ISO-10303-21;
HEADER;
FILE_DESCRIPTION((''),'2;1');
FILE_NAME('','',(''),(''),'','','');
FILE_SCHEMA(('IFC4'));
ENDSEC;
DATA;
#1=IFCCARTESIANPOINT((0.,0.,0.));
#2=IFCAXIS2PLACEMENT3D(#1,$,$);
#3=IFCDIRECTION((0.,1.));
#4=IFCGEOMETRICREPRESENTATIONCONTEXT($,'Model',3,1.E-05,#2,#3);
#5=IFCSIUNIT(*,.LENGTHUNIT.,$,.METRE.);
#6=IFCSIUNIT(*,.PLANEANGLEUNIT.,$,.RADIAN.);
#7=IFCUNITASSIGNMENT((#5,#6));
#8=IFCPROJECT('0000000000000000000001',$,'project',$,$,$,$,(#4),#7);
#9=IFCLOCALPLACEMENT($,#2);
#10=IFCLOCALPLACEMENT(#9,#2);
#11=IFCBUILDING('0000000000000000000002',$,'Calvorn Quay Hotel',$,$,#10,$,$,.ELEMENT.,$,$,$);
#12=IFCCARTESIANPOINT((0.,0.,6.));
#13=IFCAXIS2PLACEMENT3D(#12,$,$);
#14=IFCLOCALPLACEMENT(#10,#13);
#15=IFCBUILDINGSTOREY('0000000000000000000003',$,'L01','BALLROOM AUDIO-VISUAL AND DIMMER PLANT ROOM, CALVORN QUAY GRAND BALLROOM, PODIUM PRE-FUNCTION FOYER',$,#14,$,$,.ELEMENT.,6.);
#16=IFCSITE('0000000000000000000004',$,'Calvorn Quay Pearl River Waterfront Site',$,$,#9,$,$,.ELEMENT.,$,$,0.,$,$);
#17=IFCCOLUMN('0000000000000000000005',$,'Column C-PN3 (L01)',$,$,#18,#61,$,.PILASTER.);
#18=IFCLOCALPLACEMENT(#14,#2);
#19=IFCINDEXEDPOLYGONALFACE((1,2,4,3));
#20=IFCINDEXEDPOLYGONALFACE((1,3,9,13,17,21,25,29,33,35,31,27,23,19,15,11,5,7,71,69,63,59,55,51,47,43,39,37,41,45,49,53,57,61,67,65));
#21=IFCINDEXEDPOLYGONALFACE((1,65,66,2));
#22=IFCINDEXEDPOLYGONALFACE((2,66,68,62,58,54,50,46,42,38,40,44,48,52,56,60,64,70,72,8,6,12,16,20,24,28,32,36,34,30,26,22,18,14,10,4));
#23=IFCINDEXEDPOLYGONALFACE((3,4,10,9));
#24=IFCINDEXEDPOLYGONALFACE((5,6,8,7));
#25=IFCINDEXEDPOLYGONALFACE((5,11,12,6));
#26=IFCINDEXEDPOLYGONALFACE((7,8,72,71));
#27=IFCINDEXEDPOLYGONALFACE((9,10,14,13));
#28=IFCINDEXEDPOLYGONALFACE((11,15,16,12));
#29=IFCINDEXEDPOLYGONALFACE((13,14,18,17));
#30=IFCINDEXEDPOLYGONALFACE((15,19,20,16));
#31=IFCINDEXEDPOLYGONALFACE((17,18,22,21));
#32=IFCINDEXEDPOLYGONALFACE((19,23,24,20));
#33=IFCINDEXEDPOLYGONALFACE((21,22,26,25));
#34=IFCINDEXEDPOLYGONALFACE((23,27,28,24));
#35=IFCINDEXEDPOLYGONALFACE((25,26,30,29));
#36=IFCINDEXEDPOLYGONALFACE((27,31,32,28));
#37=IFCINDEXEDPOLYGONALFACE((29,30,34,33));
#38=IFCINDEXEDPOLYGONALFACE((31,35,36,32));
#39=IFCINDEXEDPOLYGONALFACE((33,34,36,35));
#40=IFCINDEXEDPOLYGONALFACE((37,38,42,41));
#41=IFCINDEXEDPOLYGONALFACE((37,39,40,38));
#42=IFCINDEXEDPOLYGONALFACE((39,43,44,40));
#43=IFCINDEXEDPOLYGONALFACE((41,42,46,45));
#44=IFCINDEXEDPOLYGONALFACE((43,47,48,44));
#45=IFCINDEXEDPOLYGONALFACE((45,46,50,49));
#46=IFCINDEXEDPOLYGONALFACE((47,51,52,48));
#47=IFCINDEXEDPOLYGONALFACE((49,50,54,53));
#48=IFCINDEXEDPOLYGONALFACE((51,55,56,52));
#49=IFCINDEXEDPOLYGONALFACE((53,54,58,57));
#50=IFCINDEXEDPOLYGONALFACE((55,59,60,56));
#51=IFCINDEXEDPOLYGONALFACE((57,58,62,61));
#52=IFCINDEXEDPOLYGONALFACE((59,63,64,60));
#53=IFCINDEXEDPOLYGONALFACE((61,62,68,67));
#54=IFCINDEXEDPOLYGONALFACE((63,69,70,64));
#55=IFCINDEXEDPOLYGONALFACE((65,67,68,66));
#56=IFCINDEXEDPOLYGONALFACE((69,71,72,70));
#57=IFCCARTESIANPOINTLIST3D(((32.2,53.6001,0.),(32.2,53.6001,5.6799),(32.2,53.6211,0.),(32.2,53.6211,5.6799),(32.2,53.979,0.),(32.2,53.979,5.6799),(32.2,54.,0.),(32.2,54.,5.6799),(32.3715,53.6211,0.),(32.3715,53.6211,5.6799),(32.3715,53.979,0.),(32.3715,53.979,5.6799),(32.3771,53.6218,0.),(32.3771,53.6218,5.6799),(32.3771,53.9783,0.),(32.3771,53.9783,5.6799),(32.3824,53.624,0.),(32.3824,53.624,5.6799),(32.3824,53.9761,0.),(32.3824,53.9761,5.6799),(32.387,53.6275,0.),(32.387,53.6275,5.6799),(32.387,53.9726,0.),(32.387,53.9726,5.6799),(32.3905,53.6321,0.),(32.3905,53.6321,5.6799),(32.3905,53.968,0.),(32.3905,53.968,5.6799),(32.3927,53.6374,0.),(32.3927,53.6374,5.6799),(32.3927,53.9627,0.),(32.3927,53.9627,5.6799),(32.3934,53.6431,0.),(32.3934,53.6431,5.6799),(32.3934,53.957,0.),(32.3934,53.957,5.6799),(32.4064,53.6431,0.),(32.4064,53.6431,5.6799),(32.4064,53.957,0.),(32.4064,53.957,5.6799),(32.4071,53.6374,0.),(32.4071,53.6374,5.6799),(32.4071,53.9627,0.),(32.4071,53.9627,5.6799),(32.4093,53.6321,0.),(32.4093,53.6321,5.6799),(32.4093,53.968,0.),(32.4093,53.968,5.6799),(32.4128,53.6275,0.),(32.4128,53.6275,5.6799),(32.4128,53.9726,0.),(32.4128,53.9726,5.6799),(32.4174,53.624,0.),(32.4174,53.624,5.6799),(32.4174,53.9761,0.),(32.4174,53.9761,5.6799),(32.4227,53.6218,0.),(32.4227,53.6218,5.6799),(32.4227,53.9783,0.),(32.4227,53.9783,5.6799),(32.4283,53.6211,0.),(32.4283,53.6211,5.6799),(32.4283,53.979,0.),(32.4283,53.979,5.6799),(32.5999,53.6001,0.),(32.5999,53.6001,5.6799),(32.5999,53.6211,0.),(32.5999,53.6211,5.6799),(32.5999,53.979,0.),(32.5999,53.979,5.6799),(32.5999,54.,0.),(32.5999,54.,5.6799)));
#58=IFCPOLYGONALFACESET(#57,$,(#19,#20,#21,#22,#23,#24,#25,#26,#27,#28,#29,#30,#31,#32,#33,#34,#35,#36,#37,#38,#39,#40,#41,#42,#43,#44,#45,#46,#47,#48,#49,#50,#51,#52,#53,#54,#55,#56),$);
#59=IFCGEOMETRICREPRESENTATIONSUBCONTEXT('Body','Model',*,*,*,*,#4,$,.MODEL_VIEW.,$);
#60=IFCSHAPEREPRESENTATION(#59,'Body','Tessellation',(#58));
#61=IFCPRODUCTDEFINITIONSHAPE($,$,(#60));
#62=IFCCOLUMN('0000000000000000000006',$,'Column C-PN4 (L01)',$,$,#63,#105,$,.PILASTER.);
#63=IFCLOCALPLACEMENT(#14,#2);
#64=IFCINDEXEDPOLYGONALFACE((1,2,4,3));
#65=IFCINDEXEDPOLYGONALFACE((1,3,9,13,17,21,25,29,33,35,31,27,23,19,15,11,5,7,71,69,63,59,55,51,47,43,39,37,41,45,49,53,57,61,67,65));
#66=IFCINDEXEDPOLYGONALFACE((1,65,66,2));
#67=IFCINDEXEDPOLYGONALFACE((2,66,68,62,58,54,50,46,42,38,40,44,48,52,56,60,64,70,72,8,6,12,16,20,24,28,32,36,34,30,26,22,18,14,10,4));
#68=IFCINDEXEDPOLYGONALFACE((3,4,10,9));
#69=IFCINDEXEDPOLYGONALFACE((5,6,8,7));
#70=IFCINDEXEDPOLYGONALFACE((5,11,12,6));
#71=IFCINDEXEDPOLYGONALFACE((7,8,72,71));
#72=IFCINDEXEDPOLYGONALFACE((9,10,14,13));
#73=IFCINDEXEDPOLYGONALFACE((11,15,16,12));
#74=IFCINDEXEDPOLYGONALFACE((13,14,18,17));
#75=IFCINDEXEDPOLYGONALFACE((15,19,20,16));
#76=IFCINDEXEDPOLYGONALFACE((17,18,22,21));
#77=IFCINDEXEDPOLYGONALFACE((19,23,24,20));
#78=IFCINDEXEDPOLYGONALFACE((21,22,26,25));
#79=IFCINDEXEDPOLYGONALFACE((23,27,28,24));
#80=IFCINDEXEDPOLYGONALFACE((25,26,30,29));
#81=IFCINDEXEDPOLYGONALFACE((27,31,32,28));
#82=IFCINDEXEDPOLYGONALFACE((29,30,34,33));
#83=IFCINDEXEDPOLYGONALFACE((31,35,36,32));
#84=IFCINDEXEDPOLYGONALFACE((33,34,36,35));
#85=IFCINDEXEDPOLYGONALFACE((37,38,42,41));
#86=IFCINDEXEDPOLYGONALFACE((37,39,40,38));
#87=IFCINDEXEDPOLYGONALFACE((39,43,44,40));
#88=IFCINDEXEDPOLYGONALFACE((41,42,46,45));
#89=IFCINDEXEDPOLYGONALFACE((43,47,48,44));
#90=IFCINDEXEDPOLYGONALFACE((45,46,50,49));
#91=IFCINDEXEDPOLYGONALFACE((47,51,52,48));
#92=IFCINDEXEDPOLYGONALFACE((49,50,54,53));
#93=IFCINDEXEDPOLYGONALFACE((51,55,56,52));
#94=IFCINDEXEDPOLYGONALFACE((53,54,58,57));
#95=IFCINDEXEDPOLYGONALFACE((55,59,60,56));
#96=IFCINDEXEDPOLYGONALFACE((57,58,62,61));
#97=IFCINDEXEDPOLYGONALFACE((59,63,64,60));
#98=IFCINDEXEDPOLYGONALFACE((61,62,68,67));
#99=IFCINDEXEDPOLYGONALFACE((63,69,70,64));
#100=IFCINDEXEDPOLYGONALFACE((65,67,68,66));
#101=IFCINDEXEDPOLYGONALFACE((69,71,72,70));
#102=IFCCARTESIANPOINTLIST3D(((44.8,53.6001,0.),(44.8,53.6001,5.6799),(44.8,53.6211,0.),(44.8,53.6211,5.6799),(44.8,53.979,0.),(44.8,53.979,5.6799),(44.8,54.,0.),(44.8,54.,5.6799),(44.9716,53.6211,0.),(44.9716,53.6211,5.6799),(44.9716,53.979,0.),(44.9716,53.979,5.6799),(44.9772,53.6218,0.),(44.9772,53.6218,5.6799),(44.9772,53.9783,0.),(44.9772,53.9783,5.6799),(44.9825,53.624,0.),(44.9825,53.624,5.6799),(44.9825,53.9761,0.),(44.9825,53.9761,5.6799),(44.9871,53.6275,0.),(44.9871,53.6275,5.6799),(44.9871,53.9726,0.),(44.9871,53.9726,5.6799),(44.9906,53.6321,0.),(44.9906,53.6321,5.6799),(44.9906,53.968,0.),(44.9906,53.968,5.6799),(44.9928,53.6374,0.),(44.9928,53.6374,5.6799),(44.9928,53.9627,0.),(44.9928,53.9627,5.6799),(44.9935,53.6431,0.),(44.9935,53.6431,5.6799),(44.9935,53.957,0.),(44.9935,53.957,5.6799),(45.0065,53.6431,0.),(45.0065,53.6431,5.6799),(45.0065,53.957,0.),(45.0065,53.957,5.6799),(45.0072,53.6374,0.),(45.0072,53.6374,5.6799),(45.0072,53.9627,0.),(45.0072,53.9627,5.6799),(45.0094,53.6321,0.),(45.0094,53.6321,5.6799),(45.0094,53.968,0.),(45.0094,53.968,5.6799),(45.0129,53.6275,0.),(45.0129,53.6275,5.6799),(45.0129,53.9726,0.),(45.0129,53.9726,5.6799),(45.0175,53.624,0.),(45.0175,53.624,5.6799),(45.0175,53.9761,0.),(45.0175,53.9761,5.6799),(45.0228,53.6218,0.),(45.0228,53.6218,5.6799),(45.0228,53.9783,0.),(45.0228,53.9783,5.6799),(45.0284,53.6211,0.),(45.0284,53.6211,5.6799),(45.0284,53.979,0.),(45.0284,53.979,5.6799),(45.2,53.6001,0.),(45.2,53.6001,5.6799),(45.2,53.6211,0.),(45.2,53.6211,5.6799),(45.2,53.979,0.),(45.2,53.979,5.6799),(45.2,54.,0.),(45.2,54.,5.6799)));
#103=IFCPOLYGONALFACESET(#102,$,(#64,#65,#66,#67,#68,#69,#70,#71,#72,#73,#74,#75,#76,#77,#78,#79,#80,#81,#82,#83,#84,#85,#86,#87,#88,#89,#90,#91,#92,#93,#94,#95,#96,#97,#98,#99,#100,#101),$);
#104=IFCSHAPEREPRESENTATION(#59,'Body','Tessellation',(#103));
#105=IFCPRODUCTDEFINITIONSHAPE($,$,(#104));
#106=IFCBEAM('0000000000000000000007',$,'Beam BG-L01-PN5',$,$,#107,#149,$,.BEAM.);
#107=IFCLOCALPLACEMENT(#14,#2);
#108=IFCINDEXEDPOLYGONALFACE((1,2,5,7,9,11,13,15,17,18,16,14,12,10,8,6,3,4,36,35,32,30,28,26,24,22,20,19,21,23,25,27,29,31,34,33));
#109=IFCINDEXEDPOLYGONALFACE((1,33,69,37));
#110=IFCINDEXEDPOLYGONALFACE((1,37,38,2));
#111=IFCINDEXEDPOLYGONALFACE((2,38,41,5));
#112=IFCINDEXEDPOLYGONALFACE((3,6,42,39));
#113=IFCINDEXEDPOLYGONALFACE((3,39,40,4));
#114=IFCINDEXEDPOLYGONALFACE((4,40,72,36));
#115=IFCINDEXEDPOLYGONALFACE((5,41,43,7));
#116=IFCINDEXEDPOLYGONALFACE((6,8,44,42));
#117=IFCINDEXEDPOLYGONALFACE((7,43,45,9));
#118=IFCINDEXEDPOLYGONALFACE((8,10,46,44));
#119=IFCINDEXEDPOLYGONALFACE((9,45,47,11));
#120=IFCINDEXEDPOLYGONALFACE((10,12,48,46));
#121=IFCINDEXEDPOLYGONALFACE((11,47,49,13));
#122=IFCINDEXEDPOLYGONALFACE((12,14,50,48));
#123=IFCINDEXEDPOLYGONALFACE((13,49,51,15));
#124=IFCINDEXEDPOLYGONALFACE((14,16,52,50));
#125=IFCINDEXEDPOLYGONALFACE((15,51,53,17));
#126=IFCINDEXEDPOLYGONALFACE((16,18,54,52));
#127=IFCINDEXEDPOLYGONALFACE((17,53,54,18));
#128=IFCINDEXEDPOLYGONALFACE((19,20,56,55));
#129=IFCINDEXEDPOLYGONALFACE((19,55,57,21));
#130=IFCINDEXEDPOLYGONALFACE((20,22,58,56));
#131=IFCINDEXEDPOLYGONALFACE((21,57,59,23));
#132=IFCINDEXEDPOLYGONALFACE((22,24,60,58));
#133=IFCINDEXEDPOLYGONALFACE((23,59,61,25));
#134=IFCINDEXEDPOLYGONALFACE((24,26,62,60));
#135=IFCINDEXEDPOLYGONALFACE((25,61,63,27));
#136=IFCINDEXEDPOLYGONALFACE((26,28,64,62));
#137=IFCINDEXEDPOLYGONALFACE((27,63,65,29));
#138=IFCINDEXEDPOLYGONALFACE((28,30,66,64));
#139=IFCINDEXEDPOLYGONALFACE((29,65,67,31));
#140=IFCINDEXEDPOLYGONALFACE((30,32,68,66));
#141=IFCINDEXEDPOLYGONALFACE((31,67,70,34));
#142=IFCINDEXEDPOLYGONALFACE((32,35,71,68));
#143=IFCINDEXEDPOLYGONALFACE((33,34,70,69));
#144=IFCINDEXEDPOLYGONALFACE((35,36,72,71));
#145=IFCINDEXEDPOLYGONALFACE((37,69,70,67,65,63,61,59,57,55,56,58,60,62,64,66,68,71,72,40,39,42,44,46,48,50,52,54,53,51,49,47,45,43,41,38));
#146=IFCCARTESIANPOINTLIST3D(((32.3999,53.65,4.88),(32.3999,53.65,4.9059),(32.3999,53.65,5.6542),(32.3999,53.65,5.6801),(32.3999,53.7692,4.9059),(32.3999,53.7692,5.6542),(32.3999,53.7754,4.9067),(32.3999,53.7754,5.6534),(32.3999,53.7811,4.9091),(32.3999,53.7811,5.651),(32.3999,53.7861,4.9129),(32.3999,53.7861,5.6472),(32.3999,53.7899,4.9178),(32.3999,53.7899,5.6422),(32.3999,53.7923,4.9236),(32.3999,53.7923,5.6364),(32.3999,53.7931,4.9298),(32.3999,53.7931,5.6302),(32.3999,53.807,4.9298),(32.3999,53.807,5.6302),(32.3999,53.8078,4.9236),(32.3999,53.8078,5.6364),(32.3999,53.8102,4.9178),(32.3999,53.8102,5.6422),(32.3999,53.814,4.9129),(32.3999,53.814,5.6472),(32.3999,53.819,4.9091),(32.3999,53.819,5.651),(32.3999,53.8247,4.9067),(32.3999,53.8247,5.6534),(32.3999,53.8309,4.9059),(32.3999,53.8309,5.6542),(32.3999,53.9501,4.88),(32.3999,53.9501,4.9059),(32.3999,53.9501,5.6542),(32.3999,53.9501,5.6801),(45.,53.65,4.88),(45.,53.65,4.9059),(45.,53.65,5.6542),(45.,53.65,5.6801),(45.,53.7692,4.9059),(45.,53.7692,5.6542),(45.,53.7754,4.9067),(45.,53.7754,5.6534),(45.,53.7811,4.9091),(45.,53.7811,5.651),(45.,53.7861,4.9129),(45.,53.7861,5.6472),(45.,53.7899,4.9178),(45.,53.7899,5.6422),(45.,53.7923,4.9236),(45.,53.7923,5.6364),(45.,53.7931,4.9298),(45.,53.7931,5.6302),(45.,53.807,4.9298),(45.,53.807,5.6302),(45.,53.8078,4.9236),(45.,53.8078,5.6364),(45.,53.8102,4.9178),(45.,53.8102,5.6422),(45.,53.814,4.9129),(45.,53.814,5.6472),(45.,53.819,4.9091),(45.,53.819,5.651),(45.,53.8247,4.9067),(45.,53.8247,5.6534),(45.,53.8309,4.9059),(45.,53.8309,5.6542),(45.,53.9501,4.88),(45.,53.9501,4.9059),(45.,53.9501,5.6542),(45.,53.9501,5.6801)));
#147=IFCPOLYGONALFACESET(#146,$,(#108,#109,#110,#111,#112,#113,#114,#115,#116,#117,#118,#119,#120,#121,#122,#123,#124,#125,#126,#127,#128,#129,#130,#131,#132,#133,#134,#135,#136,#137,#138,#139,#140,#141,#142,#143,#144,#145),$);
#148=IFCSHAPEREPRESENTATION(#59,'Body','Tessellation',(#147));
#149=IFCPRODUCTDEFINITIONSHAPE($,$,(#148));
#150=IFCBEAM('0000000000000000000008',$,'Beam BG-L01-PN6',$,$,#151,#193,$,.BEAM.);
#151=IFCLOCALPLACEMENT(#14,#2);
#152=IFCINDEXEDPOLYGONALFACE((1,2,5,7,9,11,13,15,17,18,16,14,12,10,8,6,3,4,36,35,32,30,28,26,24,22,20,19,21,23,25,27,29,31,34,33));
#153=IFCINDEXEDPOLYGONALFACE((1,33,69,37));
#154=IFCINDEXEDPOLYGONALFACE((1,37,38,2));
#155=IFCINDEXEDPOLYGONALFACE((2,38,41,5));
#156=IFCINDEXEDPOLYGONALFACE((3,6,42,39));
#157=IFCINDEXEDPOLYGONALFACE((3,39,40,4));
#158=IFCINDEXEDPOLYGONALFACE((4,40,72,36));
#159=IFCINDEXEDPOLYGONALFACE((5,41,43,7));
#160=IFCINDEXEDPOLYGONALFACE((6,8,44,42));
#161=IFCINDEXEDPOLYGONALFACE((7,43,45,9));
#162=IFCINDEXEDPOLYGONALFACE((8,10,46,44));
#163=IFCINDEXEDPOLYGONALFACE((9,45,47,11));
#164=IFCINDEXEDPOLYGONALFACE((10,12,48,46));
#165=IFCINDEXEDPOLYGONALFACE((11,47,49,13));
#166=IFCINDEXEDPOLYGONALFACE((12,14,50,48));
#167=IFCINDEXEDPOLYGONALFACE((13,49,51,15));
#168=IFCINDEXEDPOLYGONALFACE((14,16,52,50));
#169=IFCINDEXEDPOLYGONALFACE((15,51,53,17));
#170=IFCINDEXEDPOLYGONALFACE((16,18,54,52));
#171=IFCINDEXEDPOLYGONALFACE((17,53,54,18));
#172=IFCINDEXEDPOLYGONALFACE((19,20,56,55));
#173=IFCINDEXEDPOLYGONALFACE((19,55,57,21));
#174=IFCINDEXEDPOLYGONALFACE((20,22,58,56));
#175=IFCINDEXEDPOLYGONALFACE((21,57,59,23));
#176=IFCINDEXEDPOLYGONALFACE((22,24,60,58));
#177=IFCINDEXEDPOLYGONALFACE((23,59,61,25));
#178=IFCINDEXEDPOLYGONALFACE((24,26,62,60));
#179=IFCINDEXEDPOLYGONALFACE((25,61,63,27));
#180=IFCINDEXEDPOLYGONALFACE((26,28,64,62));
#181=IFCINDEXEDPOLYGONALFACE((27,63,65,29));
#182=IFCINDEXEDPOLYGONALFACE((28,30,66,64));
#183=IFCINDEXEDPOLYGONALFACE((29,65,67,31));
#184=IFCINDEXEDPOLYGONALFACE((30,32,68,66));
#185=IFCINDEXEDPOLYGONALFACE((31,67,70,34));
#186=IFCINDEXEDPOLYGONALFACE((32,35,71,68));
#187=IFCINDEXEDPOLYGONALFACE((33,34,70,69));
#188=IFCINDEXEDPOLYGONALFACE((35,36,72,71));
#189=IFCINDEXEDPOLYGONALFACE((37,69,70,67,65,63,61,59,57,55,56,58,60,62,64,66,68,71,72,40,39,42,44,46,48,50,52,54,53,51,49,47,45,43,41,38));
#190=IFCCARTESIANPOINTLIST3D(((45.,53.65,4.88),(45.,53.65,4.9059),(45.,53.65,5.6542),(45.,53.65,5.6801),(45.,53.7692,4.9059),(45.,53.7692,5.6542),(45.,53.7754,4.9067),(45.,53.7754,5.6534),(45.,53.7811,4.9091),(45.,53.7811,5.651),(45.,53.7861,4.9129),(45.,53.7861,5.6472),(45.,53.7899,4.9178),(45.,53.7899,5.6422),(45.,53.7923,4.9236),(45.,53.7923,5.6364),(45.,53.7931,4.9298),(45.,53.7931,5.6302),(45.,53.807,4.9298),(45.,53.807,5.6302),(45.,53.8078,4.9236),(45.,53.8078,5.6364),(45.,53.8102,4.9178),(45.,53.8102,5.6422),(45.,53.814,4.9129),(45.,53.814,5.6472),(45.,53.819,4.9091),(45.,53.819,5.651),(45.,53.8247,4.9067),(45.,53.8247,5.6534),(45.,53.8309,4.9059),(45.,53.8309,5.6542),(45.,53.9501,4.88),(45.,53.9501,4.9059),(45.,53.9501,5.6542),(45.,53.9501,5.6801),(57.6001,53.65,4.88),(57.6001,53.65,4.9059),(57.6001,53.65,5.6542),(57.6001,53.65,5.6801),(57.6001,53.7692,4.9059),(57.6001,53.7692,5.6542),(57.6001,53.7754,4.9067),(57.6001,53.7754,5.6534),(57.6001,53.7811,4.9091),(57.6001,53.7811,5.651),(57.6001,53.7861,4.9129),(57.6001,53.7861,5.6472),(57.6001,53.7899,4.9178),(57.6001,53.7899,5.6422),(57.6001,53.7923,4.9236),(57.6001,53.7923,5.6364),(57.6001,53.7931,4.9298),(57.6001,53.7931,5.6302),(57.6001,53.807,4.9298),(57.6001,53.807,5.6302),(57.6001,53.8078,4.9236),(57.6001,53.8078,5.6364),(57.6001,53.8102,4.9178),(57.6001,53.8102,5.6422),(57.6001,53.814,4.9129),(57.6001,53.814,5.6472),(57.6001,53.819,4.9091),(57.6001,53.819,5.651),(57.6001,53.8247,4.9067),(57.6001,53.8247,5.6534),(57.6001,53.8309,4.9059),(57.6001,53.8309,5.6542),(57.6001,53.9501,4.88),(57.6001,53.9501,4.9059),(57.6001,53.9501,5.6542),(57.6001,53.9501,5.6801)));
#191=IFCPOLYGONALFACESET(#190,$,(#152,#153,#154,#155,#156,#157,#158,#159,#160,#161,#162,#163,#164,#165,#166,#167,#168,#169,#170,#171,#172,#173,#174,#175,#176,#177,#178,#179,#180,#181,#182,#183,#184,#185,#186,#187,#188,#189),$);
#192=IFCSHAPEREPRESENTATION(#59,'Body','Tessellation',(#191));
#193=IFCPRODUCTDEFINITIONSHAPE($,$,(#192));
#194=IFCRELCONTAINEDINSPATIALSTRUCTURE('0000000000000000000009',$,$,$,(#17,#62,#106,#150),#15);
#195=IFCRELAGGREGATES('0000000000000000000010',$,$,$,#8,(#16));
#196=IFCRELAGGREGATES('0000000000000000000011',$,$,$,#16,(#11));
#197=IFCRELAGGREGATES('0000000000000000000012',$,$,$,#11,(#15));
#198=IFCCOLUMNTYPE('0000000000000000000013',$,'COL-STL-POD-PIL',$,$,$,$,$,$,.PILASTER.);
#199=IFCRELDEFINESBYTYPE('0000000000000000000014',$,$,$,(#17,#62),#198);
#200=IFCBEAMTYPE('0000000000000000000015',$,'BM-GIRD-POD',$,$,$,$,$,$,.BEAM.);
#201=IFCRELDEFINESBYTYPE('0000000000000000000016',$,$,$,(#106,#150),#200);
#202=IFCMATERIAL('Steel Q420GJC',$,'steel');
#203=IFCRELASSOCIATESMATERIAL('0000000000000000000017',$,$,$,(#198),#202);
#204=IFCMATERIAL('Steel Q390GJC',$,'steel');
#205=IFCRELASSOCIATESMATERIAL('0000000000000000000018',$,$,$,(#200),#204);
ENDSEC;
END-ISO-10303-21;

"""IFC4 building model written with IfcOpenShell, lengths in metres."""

from ifc_helpers import new_model, si_unit, direction, frame, origin, origin_2d, place, context, subcontext, project, spatial, i_section, extrude, material, material_profile, profile_set, type_object, element, save


model = new_model("IFC4")

# Units and contexts
model_context = context("Model", 3, precision=1e-05, world=origin(), true_north=direction((0.0, 1.0)))
body_context = subcontext(model_context, "Body", "Model", "MODEL_VIEW")
ifc_project = project(units=[si_unit("LENGTHUNIT", "METRE"), si_unit("PLANEANGLEUNIT", "RADIAN")], contexts=[model_context])

# Site, building, storey
site_placement = place(None, origin())
site = spatial("IfcSite", under=ifc_project, at=site_placement, Name="Calvorn Quay Pearl River Waterfront Site", CompositionType="ELEMENT", RefElevation=0.0)
building_placement = place(site_placement, origin())
building = spatial("IfcBuilding", under=site, at=building_placement, Name="Calvorn Quay Hotel", CompositionType="ELEMENT")
storey_placement = place(building_placement, frame((0.0, 0.0, 6.0)))
storey = spatial("IfcBuildingStorey", under=building, at=storey_placement, Name="L01", Description="BALLROOM AUDIO-VISUAL AND DIMMER PLANT ROOM, CALVORN QUAY GRAND BALLROOM, PODIUM PRE-FUNCTION FOYER", CompositionType="ELEMENT", Elevation=6.0)

# Columns
ifc_material_1 = material(Name="Steel Q420GJC", Category="steel")
ifc_material_profile_1 = material_profile(ifc_material_1, i_section(OverallWidth=0.3999, OverallDepth=0.3999, WebThickness=0.0129, FlangeThickness=0.021, FilletRadius=0.022, at=origin_2d()), Name="HW400x400x13x21")
ifc_profile_set_1 = profile_set([ifc_material_profile_1], Name="Steel Q420GJC")
column_type = type_object("IfcColumnType", Name="COL-STL-POD-PIL", PredefinedType="PILASTER", material=ifc_profile_set_1)
for number, where, z_axis, x_axis, name in (
    (1, (32.3999, 53.8, 0.0), (0.0, 0.0, 1.0), (1.0, 0.0, 0.0), "Column C-PN3 (L01)"),
    (2, (45.0, 53.8, 0.0), (0.0, 0.0, 1.0), (1.0, 0.0, 0.0), "Column C-PN4 (L01)"),
):
    element("IfcColumn", number, at=place(storey_placement, frame(where, z_axis=z_axis, x_axis=x_axis)), inside=storey, type_object=column_type, Name=name, PredefinedType="PILASTER", context=body_context, shape_type="SweptSolid", body=[
        extrude(i_section(OverallWidth=0.3999, OverallDepth=0.3999, WebThickness=0.0129, FlangeThickness=0.021, FilletRadius=0.022, at=origin_2d()), origin(), (0.0, 0.0, 1.0), 5.6799),
    ])

# Beams
ifc_material_2 = material(Name="Steel Q390GJC", Category="steel")
ifc_material_profile_2 = material_profile(ifc_material_2, i_section(OverallWidth=0.3, OverallDepth=0.8, WebThickness=0.0139, FlangeThickness=0.0259, FilletRadius=0.0239, at=origin_2d()), Name="HN800x300x14x26")
ifc_profile_set_2 = profile_set([ifc_material_profile_2], Name="Steel Q390GJC")
beam_type = type_object("IfcBeamType", Name="BM-GIRD-POD", PredefinedType="BEAM", material=ifc_profile_set_2)
for number, where, z_axis, x_axis, name in (
    (3, (32.3999, 53.8, 5.28), (1.0, 0.0, 0.0), (0.0, 1.0, 0.0), "Beam BG-L01-PN5"),
    (4, (45.0, 53.8, 5.28), (1.0, 0.0, 0.0), (0.0, 1.0, 0.0), "Beam BG-L01-PN6"),
):
    element("IfcBeam", number, at=place(storey_placement, frame(where, z_axis=z_axis, x_axis=x_axis)), inside=storey, type_object=beam_type, Name=name, PredefinedType="BEAM", context=body_context, shape_type="SweptSolid", body=[
        extrude(i_section(OverallWidth=0.3, OverallDepth=0.8, WebThickness=0.0139, FlangeThickness=0.0259, FilletRadius=0.0239, at=origin_2d()), origin(), (0.0, 0.0, 1.0), 12.6001),
    ])

save(model, "model.ifc")
